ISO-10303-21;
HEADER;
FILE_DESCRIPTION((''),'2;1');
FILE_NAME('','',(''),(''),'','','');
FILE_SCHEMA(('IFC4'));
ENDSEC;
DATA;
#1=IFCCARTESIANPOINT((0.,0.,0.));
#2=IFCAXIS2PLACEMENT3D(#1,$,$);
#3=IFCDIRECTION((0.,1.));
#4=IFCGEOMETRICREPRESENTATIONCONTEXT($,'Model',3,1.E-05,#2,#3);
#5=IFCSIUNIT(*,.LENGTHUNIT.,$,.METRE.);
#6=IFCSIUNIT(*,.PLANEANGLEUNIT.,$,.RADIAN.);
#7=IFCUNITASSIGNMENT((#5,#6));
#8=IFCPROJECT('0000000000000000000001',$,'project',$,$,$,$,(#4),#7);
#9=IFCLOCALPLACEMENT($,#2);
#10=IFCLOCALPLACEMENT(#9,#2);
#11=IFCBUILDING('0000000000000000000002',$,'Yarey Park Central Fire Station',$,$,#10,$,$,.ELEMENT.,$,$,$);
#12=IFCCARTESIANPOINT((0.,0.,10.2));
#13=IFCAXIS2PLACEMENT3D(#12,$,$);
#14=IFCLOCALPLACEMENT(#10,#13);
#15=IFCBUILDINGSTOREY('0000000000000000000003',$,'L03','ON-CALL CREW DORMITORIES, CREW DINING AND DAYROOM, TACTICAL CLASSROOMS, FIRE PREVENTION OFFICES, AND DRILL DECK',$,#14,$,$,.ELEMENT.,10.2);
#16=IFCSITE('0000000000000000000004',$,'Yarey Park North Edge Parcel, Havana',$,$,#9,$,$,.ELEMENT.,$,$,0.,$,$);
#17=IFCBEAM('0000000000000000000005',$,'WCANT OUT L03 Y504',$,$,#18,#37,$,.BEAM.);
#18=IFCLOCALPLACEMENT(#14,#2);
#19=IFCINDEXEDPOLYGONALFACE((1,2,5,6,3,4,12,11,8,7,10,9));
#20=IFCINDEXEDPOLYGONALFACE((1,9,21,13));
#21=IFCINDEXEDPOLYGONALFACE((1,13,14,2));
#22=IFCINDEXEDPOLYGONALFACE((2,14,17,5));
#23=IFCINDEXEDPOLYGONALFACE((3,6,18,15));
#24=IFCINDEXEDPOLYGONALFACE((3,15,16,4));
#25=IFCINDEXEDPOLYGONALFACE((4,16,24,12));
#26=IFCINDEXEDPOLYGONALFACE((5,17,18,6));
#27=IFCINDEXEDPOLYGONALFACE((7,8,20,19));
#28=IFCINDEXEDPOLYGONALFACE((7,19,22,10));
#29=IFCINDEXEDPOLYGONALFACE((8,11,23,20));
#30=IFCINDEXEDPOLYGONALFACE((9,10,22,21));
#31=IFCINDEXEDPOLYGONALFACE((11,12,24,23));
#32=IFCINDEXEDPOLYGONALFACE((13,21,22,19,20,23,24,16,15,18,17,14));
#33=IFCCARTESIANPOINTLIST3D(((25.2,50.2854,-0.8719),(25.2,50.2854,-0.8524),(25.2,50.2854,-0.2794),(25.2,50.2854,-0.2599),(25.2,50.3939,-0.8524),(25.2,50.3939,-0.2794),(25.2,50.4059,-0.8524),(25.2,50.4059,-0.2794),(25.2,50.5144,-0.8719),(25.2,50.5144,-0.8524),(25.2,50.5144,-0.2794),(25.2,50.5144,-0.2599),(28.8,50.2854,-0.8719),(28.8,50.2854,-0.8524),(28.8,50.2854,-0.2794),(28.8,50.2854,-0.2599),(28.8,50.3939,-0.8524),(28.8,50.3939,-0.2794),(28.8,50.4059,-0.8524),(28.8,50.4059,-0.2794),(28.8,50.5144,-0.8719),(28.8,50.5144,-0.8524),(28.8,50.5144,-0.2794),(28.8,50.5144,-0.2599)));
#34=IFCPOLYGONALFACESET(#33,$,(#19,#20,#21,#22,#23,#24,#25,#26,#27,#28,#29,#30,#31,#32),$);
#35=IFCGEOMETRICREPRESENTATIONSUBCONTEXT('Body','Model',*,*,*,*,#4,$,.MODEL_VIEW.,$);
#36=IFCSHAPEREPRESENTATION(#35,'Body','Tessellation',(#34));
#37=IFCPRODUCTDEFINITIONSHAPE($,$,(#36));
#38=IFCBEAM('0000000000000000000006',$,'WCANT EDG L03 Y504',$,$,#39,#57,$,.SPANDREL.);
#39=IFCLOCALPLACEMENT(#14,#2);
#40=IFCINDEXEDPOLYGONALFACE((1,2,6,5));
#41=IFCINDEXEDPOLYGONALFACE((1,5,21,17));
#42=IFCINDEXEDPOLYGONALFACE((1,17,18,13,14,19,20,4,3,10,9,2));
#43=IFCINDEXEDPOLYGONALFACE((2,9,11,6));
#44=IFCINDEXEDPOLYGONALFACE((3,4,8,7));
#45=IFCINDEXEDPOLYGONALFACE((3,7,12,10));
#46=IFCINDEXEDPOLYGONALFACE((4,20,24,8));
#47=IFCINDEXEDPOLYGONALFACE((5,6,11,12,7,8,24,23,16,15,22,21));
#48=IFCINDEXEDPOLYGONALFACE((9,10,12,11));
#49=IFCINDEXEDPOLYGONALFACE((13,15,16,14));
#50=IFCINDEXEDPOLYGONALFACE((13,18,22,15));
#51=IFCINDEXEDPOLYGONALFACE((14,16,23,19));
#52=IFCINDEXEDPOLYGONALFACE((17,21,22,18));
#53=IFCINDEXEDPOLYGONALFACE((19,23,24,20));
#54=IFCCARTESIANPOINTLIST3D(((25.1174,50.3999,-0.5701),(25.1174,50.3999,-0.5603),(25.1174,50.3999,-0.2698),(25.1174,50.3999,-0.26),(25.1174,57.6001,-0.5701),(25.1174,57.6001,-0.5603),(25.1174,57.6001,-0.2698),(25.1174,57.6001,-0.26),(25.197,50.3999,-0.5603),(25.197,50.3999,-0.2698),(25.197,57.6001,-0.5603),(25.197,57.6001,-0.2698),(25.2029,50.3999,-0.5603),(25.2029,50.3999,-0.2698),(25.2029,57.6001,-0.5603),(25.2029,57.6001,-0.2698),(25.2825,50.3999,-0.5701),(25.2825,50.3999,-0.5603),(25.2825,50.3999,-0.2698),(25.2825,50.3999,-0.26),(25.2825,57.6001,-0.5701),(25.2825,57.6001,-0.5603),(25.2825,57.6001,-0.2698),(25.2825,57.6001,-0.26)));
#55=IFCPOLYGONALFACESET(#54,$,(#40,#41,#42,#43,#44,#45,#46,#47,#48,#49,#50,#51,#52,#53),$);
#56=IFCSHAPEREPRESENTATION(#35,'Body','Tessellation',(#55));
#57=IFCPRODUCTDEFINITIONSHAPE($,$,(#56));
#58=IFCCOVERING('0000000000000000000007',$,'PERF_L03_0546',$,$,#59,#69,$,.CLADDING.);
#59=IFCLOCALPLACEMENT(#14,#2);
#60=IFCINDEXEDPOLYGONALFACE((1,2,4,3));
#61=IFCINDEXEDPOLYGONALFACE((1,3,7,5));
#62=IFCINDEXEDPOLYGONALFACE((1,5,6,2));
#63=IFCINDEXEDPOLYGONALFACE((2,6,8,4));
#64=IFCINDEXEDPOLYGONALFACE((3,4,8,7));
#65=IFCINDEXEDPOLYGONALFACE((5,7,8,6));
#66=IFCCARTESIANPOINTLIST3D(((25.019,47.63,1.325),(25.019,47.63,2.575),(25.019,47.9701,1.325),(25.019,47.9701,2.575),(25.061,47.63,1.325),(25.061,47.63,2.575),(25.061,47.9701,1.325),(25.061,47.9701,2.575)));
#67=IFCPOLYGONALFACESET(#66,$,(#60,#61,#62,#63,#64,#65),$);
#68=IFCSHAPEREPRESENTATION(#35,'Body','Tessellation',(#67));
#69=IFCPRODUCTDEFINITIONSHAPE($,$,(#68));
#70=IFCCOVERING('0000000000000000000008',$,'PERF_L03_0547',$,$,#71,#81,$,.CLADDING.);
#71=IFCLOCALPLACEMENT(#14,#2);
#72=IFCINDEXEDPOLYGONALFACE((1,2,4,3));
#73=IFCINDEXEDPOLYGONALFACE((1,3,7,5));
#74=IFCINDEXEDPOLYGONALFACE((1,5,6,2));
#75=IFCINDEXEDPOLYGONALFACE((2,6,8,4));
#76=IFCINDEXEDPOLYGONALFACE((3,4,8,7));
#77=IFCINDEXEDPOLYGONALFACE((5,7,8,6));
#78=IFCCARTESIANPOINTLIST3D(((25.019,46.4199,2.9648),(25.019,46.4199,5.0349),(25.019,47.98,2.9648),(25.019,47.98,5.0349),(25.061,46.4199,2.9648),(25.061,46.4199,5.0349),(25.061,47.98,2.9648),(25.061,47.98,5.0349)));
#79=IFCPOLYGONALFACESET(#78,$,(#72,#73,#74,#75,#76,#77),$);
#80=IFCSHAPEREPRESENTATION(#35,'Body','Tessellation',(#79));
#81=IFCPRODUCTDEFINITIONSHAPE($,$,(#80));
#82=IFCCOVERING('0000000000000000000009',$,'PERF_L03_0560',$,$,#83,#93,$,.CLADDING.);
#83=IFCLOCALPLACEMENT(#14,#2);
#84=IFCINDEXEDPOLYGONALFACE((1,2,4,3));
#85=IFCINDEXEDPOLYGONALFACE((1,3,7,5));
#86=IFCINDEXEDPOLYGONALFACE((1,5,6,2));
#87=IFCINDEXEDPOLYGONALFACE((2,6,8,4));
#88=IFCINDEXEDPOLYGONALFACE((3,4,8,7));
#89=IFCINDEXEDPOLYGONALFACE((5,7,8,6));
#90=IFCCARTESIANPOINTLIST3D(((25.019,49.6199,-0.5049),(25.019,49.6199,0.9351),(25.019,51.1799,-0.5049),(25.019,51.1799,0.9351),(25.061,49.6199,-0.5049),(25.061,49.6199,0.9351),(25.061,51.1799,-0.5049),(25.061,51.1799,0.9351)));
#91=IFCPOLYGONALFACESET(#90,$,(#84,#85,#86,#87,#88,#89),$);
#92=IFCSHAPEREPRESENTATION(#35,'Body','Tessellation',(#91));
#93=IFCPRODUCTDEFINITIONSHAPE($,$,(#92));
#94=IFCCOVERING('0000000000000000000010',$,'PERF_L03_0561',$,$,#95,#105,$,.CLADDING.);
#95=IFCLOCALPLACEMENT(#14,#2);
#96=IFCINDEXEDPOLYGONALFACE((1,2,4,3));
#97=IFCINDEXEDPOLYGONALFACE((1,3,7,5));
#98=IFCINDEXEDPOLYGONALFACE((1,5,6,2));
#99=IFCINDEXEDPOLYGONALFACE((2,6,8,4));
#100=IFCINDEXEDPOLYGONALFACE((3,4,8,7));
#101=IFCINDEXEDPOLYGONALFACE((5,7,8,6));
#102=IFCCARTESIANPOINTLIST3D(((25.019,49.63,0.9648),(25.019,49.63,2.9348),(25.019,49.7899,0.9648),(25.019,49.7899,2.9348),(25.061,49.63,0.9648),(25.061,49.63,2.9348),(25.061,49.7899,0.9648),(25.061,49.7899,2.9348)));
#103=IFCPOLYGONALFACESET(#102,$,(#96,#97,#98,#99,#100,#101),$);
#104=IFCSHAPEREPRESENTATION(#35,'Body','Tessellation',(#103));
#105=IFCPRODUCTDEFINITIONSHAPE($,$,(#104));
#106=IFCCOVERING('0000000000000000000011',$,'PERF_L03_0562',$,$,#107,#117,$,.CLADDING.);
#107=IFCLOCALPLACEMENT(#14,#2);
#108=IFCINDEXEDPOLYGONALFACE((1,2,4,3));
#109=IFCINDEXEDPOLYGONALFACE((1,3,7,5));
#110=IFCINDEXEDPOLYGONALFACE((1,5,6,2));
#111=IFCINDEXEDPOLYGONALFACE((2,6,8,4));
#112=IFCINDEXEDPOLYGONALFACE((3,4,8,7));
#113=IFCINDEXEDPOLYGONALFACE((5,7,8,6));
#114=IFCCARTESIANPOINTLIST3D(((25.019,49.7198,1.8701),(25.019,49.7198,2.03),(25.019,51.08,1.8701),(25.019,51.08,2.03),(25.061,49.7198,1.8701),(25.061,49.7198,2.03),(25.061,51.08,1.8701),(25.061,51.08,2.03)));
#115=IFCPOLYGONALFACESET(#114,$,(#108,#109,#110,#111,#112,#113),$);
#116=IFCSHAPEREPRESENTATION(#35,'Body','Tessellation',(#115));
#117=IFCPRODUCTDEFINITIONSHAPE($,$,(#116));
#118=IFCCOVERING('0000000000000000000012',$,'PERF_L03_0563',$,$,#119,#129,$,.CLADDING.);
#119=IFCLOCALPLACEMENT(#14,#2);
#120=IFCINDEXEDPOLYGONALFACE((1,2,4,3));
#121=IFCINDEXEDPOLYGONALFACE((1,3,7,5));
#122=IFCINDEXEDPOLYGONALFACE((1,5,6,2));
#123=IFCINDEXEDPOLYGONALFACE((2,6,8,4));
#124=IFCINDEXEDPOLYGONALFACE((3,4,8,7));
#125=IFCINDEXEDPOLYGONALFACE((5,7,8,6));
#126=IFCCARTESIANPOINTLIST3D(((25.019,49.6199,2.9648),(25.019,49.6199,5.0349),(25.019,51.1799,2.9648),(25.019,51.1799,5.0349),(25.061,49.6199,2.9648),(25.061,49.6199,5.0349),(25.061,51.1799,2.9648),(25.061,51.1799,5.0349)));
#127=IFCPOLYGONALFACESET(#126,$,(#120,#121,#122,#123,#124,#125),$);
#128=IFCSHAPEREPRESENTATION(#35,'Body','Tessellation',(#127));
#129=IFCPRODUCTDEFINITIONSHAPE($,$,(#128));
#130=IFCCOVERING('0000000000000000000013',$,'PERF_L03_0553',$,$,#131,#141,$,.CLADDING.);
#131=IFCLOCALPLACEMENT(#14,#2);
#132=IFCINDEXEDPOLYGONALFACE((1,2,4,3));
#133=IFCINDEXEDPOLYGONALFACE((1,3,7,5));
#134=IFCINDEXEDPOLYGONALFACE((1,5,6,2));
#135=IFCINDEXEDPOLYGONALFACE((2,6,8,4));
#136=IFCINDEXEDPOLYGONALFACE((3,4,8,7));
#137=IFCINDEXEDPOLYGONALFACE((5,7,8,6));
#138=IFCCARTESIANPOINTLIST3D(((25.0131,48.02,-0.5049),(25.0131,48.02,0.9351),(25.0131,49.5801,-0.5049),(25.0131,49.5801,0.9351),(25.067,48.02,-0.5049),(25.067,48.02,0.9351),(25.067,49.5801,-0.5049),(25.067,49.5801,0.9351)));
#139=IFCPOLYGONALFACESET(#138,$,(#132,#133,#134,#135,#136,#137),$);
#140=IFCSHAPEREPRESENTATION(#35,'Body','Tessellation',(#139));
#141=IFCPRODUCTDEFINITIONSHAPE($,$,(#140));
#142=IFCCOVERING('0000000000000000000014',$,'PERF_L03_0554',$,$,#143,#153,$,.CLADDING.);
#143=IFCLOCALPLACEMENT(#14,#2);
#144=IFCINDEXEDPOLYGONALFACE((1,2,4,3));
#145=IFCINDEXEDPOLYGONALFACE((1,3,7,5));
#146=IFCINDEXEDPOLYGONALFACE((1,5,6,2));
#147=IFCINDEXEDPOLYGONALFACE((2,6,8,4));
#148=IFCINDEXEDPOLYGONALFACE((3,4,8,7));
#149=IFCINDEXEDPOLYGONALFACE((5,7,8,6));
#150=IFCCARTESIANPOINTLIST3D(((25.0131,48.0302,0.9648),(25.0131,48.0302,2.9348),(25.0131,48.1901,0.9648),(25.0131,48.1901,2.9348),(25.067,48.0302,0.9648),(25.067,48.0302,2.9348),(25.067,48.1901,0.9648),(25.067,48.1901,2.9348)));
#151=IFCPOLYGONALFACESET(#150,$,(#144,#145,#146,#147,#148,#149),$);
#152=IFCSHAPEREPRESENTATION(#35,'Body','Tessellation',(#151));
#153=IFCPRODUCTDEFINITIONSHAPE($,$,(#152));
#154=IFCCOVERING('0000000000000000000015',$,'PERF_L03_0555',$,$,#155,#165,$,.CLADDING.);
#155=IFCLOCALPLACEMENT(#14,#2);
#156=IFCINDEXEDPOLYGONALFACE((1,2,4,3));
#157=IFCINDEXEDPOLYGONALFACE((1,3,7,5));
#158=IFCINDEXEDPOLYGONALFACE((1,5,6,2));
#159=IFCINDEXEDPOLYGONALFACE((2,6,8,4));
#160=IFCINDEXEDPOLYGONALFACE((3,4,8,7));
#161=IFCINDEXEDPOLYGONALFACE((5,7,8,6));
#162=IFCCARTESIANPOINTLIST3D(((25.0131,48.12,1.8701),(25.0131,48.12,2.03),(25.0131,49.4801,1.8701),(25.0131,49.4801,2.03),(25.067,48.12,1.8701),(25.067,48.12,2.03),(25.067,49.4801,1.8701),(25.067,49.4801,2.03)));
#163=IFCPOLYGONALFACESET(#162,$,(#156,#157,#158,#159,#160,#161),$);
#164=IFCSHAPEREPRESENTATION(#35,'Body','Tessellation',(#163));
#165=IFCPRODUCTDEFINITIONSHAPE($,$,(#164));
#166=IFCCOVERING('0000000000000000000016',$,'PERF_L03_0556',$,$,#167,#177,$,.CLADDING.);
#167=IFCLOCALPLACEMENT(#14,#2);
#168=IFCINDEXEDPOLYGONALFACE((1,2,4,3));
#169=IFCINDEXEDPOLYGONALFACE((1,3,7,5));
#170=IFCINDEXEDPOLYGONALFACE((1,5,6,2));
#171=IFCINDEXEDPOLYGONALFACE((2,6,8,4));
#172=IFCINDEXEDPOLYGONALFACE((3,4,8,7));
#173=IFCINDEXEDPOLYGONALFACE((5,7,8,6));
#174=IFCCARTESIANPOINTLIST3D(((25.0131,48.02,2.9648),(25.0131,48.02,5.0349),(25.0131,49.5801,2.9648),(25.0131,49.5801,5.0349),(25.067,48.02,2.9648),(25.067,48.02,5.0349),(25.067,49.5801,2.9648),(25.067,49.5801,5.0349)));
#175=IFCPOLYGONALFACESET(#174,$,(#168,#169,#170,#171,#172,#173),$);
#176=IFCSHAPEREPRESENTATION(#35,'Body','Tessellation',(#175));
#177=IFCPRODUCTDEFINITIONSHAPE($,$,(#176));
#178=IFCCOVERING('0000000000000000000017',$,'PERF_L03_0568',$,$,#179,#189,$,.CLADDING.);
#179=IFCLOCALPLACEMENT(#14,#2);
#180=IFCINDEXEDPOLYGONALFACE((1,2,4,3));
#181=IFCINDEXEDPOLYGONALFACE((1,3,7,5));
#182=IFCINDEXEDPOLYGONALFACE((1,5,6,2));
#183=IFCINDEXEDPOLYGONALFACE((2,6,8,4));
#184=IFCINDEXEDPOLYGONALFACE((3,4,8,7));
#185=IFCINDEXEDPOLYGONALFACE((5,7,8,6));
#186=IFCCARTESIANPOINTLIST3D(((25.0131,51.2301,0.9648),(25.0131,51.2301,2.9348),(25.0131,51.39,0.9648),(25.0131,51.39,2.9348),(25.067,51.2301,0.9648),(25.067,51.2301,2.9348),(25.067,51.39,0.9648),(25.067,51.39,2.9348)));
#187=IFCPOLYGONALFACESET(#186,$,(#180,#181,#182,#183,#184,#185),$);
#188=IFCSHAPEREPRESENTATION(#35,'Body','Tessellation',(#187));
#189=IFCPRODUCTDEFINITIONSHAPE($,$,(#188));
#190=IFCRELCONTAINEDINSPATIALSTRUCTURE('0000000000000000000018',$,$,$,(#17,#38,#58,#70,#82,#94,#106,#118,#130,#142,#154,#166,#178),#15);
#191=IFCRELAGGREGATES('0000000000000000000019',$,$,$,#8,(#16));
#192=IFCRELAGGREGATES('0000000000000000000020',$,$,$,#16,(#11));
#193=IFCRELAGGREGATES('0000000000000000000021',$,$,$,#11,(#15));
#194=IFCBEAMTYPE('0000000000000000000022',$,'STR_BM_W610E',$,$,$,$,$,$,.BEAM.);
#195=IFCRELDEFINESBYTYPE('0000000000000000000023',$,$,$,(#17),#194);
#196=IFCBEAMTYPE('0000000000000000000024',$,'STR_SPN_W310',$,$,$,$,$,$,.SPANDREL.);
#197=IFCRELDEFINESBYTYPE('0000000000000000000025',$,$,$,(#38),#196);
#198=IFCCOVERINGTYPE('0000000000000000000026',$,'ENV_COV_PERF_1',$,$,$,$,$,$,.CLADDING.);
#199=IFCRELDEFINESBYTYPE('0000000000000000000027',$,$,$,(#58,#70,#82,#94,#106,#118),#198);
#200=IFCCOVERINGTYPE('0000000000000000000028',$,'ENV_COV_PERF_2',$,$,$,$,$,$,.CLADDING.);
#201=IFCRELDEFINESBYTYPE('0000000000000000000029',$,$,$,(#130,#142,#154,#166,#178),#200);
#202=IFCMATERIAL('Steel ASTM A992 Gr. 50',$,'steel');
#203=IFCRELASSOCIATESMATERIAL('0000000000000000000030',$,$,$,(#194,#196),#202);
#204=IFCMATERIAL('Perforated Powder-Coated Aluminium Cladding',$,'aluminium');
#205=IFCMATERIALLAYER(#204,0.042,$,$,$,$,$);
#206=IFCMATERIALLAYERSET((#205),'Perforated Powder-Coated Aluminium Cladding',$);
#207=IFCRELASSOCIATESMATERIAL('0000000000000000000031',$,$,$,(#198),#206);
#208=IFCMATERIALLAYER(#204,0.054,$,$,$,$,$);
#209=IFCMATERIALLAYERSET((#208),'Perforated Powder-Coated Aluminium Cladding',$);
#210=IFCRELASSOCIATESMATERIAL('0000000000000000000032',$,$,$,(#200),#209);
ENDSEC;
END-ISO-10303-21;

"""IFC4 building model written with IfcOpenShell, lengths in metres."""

from ifc_helpers import new_model, si_unit, direction, frame, origin, origin_2d, place, context, subcontext, project, spatial, rectangle, i_section, extrude, material, layer, layer_set, material_profile, profile_set, type_object, element, save


model = new_model("IFC4")

# Units and contexts
model_context = context("Model", 3, precision=1e-05, world=origin(), true_north=direction((0.0, 1.0)))
body_context = subcontext(model_context, "Body", "Model", "MODEL_VIEW")
ifc_project = project(units=[si_unit("LENGTHUNIT", "METRE"), si_unit("PLANEANGLEUNIT", "RADIAN")], contexts=[model_context])

# Site, building, storey
site_placement = place(None, origin())
site = spatial("IfcSite", under=ifc_project, at=site_placement, Name="Yarey Park North Edge Parcel, Havana", CompositionType="ELEMENT", RefElevation=0.0)
building_placement = place(site_placement, origin())
building = spatial("IfcBuilding", under=site, at=building_placement, Name="Yarey Park Central Fire Station", CompositionType="ELEMENT")
storey_placement = place(building_placement, frame((0.0, 0.0, 10.2)))
storey = spatial("IfcBuildingStorey", under=building, at=storey_placement, Name="L03", Description="ON-CALL CREW DORMITORIES, CREW DINING AND DAYROOM, TACTICAL CLASSROOMS, FIRE PREVENTION OFFICES, AND DRILL DECK", CompositionType="ELEMENT", Elevation=10.2)

# Beams
ifc_material_1 = material(Name="Steel ASTM A992 Gr. 50", Category="steel")
ifc_material_profile_1 = material_profile(ifc_material_1, i_section(OverallWidth=0.229, OverallDepth=0.6121, WebThickness=0.012, FlangeThickness=0.0195, at=origin_2d()), Name="W610x125")
ifc_profile_set_1 = profile_set([ifc_material_profile_1], Name="Steel ASTM A992 Gr. 50")
beam_type_1 = type_object("IfcBeamType", Name="STR_BM_W610E", PredefinedType="BEAM", material=ifc_profile_set_1)
beam_1_placement = place(storey_placement, frame((25.2, 50.3999, -0.5659), z_axis=(1.0, 0.0, 0.0), x_axis=(0.0, 1.0, 0.0)))
element("IfcBeam", 1, at=beam_1_placement, inside=storey, type_object=beam_type_1, Name="WCANT OUT L03 Y504", PredefinedType="BEAM", context=body_context, shape_type="SweptSolid", body=[
    extrude(i_section(OverallWidth=0.229, OverallDepth=0.6121, WebThickness=0.012, FlangeThickness=0.0195, at=origin_2d()), origin(), (0.0, 0.0, 1.0), 3.6001),
])
ifc_material_profile_2 = material_profile(ifc_material_1, i_section(OverallWidth=0.165, OverallDepth=0.3101, WebThickness=0.0059, FlangeThickness=0.0098, at=origin_2d()), Name="W310x39")
ifc_profile_set_2 = profile_set([ifc_material_profile_2], Name="Steel ASTM A992 Gr. 50")
beam_type_2 = type_object("IfcBeamType", Name="STR_SPN_W310", PredefinedType="SPANDREL", material=ifc_profile_set_2)
beam_2_placement = place(storey_placement, frame((25.2, 50.3999, -0.415), z_axis=(0.0, 1.0, 0.0), x_axis=(-1.0, 0.0, 0.0)))
element("IfcBeam", 2, at=beam_2_placement, inside=storey, type_object=beam_type_2, Name="WCANT EDG L03 Y504", PredefinedType="SPANDREL", context=body_context, shape_type="SweptSolid", body=[
    extrude(i_section(OverallWidth=0.165, OverallDepth=0.3101, WebThickness=0.0059, FlangeThickness=0.0098, at=origin_2d()), origin(), (0.0, 0.0, 1.0), 7.2002),
])

# Coverings
ifc_material_2 = material(Name="Perforated Powder-Coated Aluminium Cladding", Category="aluminium")
ifc_layer_1 = layer(ifc_material_2, 0.042)
ifc_layer_set_1 = layer_set([ifc_layer_1], Name="Perforated Powder-Coated Aluminium Cladding")
covering_type_1 = type_object("IfcCoveringType", Name="ENV_COV_PERF_1", PredefinedType="CLADDING", material=ifc_layer_set_1)
covering_1_placement = place(storey_placement, frame((25.04, 47.8, 1.325), z_axis=(0.0, 0.0, 1.0), x_axis=(0.0, 1.0, 0.0)))
element("IfcCovering", 3, at=covering_1_placement, inside=storey, type_object=covering_type_1, Name="PERF_L03_0546", PredefinedType="CLADDING", context=body_context, shape_type="SweptSolid", body=[
    extrude(rectangle(XDim=0.3401, YDim=0.042, at=origin_2d()), origin(), (0.0, 0.0, 1.0), 1.25),
])
covering_2_placement = place(storey_placement, frame((25.04, 47.2, 2.9648), z_axis=(0.0, 0.0, 1.0), x_axis=(0.0, 1.0, 0.0)))
element("IfcCovering", 4, at=covering_2_placement, inside=storey, type_object=covering_type_1, Name="PERF_L03_0547", PredefinedType="CLADDING", context=body_context, shape_type="SweptSolid", body=[
    extrude(rectangle(XDim=1.5601, YDim=0.042, at=origin_2d()), origin(), (0.0, 0.0, 1.0), 2.0701),
])
covering_3_placement = place(storey_placement, frame((25.04, 50.3999, -0.5049), z_axis=(0.0, 0.0, 1.0), x_axis=(0.0, 1.0, 0.0)))
element("IfcCovering", 5, at=covering_3_placement, inside=storey, type_object=covering_type_1, Name="PERF_L03_0560", PredefinedType="CLADDING", context=body_context, shape_type="SweptSolid", body=[
    extrude(rectangle(XDim=1.5601, YDim=0.042, at=origin_2d()), origin(), (0.0, 0.0, 1.0), 1.4399),
])
covering_4_placement = place(storey_placement, frame((25.04, 49.71, 0.9648), z_axis=(0.0, 0.0, 1.0), x_axis=(0.0, 1.0, 0.0)))
element("IfcCovering", 6, at=covering_4_placement, inside=storey, type_object=covering_type_1, Name="PERF_L03_0561", PredefinedType="CLADDING", context=body_context, shape_type="SweptSolid", body=[
    extrude(rectangle(XDim=0.1599, YDim=0.042, at=origin_2d()), origin(), (0.0, 0.0, 1.0), 1.97),
])
covering_5_placement = place(storey_placement, frame((25.04, 50.3999, 1.8701), z_axis=(0.0, 0.0, 1.0), x_axis=(0.0, 1.0, 0.0)))
element("IfcCovering", 7, at=covering_5_placement, inside=storey, type_object=covering_type_1, Name="PERF_L03_0562", PredefinedType="CLADDING", context=body_context, shape_type="SweptSolid", body=[
    extrude(rectangle(XDim=1.3601, YDim=0.042, at=origin_2d()), origin(), (0.0, 0.0, 1.0), 0.1599),
])
covering_6_placement = place(storey_placement, frame((25.04, 50.3999, 2.9648), z_axis=(0.0, 0.0, 1.0), x_axis=(0.0, 1.0, 0.0)))
element("IfcCovering", 8, at=covering_6_placement, inside=storey, type_object=covering_type_1, Name="PERF_L03_0563", PredefinedType="CLADDING", context=body_context, shape_type="SweptSolid", body=[
    extrude(rectangle(XDim=1.5601, YDim=0.042, at=origin_2d()), origin(), (0.0, 0.0, 1.0), 2.0701),
])
ifc_layer_2 = layer(ifc_material_2, 0.054)
ifc_layer_set_2 = layer_set([ifc_layer_2], Name="Perforated Powder-Coated Aluminium Cladding")
covering_type_2 = type_object("IfcCoveringType", Name="ENV_COV_PERF_2", PredefinedType="CLADDING", material=ifc_layer_set_2)
covering_7_placement = place(storey_placement, frame((25.04, 48.8, -0.5049), z_axis=(0.0, 0.0, 1.0), x_axis=(0.0, 1.0, 0.0)))
element("IfcCovering", 9, at=covering_7_placement, inside=storey, type_object=covering_type_2, Name="PERF_L03_0553", PredefinedType="CLADDING", context=body_context, shape_type="SweptSolid", body=[
    extrude(rectangle(XDim=1.5601, YDim=0.054, at=origin_2d()), origin(), (0.0, 0.0, 1.0), 1.4399),
])
covering_8_placement = place(storey_placement, frame((25.04, 48.1101, 0.9648), z_axis=(0.0, 0.0, 1.0), x_axis=(0.0, 1.0, 0.0)))
element("IfcCovering", 10, at=covering_8_placement, inside=storey, type_object=covering_type_2, Name="PERF_L03_0554", PredefinedType="CLADDING", context=body_context, shape_type="SweptSolid", body=[
    extrude(rectangle(XDim=0.1599, YDim=0.054, at=origin_2d()), origin(), (0.0, 0.0, 1.0), 1.97),
])
covering_9_placement = place(storey_placement, frame((25.04, 48.8, 1.8701), z_axis=(0.0, 0.0, 1.0), x_axis=(0.0, 1.0, 0.0)))
element("IfcCovering", 11, at=covering_9_placement, inside=storey, type_object=covering_type_2, Name="PERF_L03_0555", PredefinedType="CLADDING", context=body_context, shape_type="SweptSolid", body=[
    extrude(rectangle(XDim=1.3601, YDim=0.054, at=origin_2d()), origin(), (0.0, 0.0, 1.0), 0.1599),
])
covering_10_placement = place(storey_placement, frame((25.04, 48.8, 2.9648), z_axis=(0.0, 0.0, 1.0), x_axis=(0.0, 1.0, 0.0)))
element("IfcCovering", 12, at=covering_10_placement, inside=storey, type_object=covering_type_2, Name="PERF_L03_0556", PredefinedType="CLADDING", context=body_context, shape_type="SweptSolid", body=[
    extrude(rectangle(XDim=1.5601, YDim=0.054, at=origin_2d()), origin(), (0.0, 0.0, 1.0), 2.0701),
])
covering_11_placement = place(storey_placement, frame((25.04, 51.3101, 0.9648), z_axis=(0.0, 0.0, 1.0), x_axis=(0.0, 1.0, 0.0)))
element("IfcCovering", 13, at=covering_11_placement, inside=storey, type_object=covering_type_2, Name="PERF_L03_0568", PredefinedType="CLADDING", context=body_context, shape_type="SweptSolid", body=[
    extrude(rectangle(XDim=0.1599, YDim=0.054, at=origin_2d()), origin(), (0.0, 0.0, 1.0), 1.97),
])

save(model, "model.ifc")
